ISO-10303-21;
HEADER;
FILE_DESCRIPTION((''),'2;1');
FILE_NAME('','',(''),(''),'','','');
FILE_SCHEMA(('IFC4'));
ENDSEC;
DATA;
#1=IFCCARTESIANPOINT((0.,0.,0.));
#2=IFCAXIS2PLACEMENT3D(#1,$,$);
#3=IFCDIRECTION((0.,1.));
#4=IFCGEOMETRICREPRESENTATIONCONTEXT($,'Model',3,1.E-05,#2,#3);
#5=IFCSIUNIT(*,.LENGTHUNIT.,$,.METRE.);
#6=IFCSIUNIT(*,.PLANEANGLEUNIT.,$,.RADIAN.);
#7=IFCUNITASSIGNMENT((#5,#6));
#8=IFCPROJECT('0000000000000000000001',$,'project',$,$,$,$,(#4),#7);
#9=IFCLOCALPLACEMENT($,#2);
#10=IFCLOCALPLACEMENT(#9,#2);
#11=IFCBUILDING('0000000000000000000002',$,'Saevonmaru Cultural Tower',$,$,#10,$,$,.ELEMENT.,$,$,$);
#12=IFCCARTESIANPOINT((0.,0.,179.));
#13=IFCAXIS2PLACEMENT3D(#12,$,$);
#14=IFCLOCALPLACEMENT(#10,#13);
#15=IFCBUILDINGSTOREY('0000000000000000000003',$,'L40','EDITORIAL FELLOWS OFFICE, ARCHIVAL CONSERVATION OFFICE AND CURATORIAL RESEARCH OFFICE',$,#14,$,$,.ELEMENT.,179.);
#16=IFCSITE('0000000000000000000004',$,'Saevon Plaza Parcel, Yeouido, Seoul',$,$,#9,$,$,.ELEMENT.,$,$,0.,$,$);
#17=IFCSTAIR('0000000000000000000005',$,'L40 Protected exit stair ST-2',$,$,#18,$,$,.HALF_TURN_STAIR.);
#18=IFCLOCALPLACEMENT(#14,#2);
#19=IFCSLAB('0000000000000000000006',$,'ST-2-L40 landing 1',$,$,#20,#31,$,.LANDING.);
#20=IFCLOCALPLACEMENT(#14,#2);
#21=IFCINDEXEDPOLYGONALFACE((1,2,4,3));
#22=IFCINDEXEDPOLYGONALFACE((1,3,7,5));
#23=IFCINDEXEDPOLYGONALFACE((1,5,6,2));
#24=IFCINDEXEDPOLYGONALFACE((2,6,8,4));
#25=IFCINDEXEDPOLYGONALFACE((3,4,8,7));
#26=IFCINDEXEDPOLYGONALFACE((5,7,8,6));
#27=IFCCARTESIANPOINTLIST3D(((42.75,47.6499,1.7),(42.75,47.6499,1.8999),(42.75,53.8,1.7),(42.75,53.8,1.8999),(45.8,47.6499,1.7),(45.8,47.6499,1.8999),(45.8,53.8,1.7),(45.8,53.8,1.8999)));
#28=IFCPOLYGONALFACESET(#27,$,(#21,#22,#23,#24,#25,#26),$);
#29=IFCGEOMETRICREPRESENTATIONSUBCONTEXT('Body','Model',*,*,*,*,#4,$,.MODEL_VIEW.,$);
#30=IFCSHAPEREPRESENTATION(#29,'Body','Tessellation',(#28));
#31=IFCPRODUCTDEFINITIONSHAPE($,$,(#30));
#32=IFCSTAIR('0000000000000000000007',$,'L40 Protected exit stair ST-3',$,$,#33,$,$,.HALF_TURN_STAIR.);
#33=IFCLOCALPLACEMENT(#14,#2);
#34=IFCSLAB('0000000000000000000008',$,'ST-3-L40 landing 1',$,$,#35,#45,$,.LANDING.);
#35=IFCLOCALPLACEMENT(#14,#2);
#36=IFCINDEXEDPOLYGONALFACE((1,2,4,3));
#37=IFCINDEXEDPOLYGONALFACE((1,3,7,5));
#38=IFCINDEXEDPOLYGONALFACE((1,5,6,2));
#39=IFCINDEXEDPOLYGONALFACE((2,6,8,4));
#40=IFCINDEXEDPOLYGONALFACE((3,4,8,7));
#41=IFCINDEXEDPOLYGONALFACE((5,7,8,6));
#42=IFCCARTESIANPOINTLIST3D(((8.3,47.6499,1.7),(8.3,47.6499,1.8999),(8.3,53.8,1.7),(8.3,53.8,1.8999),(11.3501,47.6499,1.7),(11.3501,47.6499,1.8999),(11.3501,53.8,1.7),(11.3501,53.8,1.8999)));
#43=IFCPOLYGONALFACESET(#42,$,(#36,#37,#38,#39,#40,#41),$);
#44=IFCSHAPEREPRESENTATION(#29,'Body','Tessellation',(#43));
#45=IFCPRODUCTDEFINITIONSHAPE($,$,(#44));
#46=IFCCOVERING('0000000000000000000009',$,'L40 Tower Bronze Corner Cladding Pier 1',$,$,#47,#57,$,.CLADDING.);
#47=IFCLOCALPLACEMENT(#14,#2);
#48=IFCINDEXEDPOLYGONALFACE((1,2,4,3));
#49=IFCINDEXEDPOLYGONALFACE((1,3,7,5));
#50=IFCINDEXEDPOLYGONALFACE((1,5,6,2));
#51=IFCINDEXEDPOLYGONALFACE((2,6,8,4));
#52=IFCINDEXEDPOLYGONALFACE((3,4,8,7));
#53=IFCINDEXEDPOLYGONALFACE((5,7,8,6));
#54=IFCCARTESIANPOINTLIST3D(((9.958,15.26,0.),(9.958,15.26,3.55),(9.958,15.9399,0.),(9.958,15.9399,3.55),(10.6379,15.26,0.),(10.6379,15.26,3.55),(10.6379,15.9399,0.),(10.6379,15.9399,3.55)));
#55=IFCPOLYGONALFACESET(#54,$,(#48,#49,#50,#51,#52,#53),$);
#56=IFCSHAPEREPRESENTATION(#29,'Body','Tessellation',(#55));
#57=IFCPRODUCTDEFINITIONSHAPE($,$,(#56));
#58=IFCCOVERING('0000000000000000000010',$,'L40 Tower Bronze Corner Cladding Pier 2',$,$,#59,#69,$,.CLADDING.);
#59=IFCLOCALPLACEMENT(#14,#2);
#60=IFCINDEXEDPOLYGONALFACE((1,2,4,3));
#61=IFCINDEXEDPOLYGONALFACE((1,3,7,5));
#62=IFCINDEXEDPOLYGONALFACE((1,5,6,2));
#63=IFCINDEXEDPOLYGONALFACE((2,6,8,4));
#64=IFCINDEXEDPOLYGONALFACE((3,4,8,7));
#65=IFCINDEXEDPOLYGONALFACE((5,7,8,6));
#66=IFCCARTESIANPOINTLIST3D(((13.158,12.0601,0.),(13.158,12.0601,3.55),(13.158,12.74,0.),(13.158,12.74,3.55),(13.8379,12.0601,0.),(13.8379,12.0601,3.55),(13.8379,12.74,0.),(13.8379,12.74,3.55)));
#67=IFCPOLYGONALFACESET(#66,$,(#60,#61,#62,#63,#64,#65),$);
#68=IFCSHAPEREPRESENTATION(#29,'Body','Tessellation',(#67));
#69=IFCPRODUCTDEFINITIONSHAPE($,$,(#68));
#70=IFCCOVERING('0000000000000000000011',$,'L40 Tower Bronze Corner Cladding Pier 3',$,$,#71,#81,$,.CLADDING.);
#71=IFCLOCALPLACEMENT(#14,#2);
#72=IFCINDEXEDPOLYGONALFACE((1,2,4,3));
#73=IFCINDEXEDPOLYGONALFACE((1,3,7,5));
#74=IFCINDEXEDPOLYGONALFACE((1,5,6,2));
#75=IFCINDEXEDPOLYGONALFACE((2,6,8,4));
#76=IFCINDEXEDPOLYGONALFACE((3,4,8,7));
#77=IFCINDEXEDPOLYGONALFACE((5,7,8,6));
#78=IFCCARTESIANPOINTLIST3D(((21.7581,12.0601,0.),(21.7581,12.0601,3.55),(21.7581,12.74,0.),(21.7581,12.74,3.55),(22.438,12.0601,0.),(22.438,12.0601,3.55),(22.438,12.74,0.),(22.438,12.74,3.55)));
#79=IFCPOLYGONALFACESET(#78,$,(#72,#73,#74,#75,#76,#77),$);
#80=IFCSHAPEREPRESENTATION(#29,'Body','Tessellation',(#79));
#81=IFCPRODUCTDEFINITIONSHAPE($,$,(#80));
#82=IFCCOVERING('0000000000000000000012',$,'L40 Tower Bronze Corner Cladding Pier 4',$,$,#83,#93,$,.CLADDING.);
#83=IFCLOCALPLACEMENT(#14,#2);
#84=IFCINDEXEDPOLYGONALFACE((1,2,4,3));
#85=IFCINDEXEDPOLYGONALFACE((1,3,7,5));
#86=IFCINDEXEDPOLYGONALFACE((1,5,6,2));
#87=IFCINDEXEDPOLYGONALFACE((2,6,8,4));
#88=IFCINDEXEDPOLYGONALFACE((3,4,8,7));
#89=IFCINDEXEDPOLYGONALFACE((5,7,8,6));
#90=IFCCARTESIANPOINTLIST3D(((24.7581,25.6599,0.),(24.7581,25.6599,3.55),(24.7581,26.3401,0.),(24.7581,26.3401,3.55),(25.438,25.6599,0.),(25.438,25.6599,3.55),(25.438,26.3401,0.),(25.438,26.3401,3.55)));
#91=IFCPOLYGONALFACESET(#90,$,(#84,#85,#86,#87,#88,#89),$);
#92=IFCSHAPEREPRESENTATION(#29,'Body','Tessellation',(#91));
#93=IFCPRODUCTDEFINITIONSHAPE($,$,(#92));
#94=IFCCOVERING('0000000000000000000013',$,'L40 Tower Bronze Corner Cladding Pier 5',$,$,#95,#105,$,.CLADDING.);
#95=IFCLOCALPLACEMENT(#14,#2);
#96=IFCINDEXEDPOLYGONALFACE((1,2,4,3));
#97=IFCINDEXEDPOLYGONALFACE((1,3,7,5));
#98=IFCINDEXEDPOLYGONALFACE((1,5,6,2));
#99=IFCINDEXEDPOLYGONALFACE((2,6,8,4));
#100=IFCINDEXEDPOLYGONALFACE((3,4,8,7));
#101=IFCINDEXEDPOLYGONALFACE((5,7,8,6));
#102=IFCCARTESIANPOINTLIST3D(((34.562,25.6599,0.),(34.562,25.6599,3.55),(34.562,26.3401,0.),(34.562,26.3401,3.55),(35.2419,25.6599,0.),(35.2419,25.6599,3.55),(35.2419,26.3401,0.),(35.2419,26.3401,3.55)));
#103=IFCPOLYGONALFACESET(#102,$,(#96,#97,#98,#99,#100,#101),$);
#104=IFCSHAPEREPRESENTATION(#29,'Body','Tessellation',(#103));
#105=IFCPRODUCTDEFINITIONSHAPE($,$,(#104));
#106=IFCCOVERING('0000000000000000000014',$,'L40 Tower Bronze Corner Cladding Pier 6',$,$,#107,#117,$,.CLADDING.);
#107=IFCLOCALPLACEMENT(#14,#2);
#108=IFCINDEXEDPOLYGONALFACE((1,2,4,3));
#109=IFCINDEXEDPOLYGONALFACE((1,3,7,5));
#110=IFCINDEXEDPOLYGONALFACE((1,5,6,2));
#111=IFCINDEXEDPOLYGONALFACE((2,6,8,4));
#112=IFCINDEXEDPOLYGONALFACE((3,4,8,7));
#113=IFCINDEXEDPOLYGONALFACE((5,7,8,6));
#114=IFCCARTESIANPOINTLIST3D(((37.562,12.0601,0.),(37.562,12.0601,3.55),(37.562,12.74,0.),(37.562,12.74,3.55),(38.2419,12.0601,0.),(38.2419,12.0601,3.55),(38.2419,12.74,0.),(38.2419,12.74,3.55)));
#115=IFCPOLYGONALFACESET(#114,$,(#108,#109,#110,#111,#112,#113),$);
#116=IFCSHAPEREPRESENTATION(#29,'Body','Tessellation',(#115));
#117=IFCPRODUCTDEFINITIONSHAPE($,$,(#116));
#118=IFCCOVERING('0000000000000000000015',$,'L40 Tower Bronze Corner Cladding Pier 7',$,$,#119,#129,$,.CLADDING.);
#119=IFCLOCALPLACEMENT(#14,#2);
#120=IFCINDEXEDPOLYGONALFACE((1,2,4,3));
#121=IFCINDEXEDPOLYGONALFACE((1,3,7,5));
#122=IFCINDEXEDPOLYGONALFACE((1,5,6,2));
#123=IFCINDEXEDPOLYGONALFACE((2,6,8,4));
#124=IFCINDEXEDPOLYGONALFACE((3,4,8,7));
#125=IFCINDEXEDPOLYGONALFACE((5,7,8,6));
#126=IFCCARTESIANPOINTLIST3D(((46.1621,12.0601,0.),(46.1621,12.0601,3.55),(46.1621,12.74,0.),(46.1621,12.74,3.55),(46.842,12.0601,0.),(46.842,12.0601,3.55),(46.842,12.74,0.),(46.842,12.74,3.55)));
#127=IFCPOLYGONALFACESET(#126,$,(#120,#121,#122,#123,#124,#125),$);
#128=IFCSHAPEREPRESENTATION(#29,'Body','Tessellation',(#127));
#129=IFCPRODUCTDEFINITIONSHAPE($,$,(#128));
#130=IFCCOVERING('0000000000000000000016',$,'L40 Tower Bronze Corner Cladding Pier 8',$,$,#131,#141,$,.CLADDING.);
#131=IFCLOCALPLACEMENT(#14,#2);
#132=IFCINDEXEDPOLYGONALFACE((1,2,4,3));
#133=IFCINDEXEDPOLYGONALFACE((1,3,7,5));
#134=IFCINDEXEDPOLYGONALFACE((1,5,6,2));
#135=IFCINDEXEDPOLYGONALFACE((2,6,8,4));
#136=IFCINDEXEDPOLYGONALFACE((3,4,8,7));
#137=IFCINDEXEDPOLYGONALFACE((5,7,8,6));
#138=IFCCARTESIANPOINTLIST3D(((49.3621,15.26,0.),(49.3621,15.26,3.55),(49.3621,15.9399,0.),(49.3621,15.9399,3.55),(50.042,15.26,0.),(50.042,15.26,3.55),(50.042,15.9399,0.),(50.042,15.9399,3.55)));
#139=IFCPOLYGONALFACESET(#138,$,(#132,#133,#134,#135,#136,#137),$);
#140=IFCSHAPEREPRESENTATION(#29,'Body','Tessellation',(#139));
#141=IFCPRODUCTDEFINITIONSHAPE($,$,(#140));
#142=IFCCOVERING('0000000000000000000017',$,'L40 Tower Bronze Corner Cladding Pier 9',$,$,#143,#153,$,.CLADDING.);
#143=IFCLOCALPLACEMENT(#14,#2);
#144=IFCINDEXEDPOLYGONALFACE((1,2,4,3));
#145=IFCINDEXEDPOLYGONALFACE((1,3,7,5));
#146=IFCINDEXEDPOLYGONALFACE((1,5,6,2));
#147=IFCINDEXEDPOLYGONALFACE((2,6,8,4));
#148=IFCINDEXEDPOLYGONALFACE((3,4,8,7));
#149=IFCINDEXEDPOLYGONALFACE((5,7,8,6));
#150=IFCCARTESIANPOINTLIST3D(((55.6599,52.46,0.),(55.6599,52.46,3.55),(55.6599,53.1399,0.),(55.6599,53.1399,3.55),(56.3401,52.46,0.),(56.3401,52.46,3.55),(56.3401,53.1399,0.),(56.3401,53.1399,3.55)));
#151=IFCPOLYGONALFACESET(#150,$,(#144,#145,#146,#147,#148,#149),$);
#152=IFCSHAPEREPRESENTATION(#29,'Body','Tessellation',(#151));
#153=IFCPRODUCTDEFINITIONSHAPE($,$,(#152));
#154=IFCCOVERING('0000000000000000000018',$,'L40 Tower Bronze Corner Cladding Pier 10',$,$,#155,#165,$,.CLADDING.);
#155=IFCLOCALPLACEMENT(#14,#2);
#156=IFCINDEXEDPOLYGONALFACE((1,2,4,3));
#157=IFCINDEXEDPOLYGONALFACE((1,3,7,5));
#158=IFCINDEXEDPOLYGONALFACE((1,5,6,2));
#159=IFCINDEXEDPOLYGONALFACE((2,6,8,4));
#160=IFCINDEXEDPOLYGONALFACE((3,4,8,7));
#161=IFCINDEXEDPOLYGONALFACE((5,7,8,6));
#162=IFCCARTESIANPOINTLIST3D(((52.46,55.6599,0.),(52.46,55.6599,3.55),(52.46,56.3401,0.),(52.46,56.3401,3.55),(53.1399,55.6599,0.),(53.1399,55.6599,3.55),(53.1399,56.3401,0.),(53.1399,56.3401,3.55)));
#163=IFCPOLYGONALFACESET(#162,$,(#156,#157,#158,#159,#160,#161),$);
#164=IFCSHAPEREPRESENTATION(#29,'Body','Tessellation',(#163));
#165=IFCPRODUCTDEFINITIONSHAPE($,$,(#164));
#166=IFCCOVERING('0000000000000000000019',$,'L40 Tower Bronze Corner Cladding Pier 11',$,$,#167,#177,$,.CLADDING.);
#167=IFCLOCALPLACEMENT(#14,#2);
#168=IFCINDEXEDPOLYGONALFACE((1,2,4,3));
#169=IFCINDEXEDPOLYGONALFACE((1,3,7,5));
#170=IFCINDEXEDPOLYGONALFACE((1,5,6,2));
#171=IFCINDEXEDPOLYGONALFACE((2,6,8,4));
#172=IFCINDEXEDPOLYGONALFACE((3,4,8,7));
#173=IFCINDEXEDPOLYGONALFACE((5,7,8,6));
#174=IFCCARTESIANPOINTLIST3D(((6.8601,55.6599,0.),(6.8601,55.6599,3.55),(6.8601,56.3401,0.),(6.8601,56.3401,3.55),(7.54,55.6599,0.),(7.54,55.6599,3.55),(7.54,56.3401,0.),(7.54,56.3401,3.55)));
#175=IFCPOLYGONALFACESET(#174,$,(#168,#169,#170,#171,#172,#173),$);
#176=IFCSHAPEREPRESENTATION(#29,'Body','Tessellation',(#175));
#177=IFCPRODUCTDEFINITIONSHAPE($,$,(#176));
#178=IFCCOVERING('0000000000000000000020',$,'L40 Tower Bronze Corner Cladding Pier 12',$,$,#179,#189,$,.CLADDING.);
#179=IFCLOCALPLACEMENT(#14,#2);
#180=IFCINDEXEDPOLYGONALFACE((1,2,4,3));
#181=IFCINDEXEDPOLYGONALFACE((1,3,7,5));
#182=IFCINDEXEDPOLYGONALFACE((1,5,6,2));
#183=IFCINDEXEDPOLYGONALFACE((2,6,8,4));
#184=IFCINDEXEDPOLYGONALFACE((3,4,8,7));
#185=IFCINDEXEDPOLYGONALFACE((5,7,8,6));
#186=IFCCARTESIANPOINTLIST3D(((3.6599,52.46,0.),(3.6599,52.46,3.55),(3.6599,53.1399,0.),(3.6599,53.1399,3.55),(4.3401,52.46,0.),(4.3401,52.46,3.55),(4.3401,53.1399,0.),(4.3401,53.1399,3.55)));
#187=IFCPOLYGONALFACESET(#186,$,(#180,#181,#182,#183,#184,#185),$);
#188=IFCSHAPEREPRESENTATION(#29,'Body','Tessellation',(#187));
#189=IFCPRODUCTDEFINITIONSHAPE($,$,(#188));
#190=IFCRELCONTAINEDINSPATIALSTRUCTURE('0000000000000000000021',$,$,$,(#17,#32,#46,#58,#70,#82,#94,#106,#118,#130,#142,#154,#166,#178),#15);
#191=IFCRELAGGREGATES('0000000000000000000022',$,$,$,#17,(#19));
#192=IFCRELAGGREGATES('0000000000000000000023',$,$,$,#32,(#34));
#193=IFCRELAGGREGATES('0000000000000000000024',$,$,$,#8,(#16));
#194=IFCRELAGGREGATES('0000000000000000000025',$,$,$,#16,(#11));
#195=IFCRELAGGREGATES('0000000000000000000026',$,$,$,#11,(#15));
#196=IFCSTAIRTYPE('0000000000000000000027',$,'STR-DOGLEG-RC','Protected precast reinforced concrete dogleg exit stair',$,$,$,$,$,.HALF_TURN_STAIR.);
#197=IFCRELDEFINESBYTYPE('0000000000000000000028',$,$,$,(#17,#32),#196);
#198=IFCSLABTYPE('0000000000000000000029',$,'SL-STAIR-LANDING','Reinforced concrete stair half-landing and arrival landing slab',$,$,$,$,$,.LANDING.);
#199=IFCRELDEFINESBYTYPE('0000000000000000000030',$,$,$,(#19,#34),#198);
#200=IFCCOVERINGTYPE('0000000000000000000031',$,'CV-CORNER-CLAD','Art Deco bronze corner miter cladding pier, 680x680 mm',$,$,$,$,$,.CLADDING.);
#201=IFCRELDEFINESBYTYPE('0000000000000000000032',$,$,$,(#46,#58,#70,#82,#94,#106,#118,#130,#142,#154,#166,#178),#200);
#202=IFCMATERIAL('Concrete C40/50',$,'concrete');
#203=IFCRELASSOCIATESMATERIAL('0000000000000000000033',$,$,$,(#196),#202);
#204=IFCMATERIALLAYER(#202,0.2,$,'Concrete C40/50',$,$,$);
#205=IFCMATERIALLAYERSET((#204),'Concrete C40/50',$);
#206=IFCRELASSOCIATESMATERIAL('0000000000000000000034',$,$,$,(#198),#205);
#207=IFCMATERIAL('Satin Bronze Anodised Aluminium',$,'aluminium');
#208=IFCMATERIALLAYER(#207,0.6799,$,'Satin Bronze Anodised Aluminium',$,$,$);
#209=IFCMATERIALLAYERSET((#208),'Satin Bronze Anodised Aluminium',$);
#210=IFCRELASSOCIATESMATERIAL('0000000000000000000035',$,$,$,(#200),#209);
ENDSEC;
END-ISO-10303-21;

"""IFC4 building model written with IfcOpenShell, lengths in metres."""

from ifc_helpers import new_model, si_unit, direction, frame, origin, place, context, subcontext, project, spatial, polyline, outline, extrude, material, layer, layer_set, type_object, element, aggregate, save


model = new_model("IFC4")

# Units and contexts
model_context = context("Model", 3, precision=1e-05, world=origin(), true_north=direction((0.0, 1.0)))
body_context = subcontext(model_context, "Body", "Model", "MODEL_VIEW")
ifc_project = project(units=[si_unit("LENGTHUNIT", "METRE"), si_unit("PLANEANGLEUNIT", "RADIAN")], contexts=[model_context])

# Site, building, storey
site_placement = place(None, origin())
site = spatial("IfcSite", under=ifc_project, at=site_placement, Name="Saevon Plaza Parcel, Yeouido, Seoul", CompositionType="ELEMENT", RefElevation=0.0)
building_placement = place(site_placement, origin())
building = spatial("IfcBuilding", under=site, at=building_placement, Name="Saevonmaru Cultural Tower", CompositionType="ELEMENT")
storey_placement = place(building_placement, frame((0.0, 0.0, 179.0)))
storey = spatial("IfcBuildingStorey", under=building, at=storey_placement, Name="L40", Description="EDITORIAL FELLOWS OFFICE, ARCHIVAL CONSERVATION OFFICE AND CURATORIAL RESEARCH OFFICE", CompositionType="ELEMENT", Elevation=179.0)

# Shared definitions
ifc_material_1 = material(Name="Satin Bronze Anodised Aluminium", Category="aluminium")

# Shared definitions
ifc_material_2 = material(Name="Concrete C40/50", Category="concrete")

# Stairs, slabs
stair_type = type_object("IfcStairType", Name="STR-DOGLEG-RC", Description="Protected precast reinforced concrete dogleg exit stair", PredefinedType="HALF_TURN_STAIR", material=ifc_material_2)
ifc_layer_1 = layer(ifc_material_2, 0.2, Name="Concrete C40/50")
ifc_layer_set_1 = layer_set([ifc_layer_1], Name="Concrete C40/50")
slab_type_1 = type_object("IfcSlabType", Name="SL-STAIR-LANDING", Description="Reinforced concrete stair half-landing and arrival landing slab", PredefinedType="LANDING", material=ifc_layer_set_1)
stair_1_placement = place(storey_placement, origin())
stair_1 = element("IfcStair", 1, at=stair_1_placement, inside=storey, type_object=stair_type, Name="L40 Protected exit stair ST-2", PredefinedType="HALF_TURN_STAIR")
slab_1_placement = place(storey_placement, frame((0.0, 0.0, 1.7)))
slab_1 = element("IfcSlab", 2, at=slab_1_placement, type_object=slab_type_1, Name="ST-2-L40 landing 1", PredefinedType="LANDING", context=body_context, shape_type="SweptSolid", body=[
    extrude(outline(polyline([(45.8, 47.6499), (45.8, 53.8), (42.75, 53.8), (42.75, 47.6499), (45.8, 47.6499)])), origin(), (0.0, 0.0, 1.0), 0.2),
])
aggregate(stair_1, [slab_1])
stair_2_placement = place(storey_placement, origin())
stair_2 = element("IfcStair", 3, at=stair_2_placement, inside=storey, type_object=stair_type, Name="L40 Protected exit stair ST-3", PredefinedType="HALF_TURN_STAIR")
slab_2_placement = place(storey_placement, frame((0.0, 0.0, 1.7)))
slab_2 = element("IfcSlab", 4, at=slab_2_placement, type_object=slab_type_1, Name="ST-3-L40 landing 1", PredefinedType="LANDING", context=body_context, shape_type="SweptSolid", body=[
    extrude(outline(polyline([(11.3501, 47.6499), (11.3501, 53.8), (8.3, 53.8), (8.3, 47.6499), (11.3501, 47.6499)])), origin(), (0.0, 0.0, 1.0), 0.2),
])
aggregate(stair_2, [slab_2])

# Coverings
ifc_layer_2 = layer(ifc_material_1, 0.6799, Name="Satin Bronze Anodised Aluminium")
ifc_layer_set_2 = layer_set([ifc_layer_2], Name="Satin Bronze Anodised Aluminium")
covering_type = type_object("IfcCoveringType", Name="CV-CORNER-CLAD", Description="Art Deco bronze corner miter cladding pier, 680x680 mm", PredefinedType="CLADDING", material=ifc_layer_set_2)
covering_1_placement = place(storey_placement, origin())
element("IfcCovering", 5, at=covering_1_placement, inside=storey, type_object=covering_type, Name="L40 Tower Bronze Corner Cladding Pier 1", PredefinedType="CLADDING", context=body_context, shape_type="SweptSolid", body=[
    extrude(outline(polyline([(9.958, 15.26), (10.6379, 15.26), (10.6379, 15.9399), (9.958, 15.9399), (9.958, 15.26)])), origin(), (0.0, 0.0, 1.0), 3.55),
])
covering_2_placement = place(storey_placement, origin())
element("IfcCovering", 6, at=covering_2_placement, inside=storey, type_object=covering_type, Name="L40 Tower Bronze Corner Cladding Pier 2", PredefinedType="CLADDING", context=body_context, shape_type="SweptSolid", body=[
    extrude(outline(polyline([(13.158, 12.0601), (13.8379, 12.0601), (13.8379, 12.74), (13.158, 12.74), (13.158, 12.0601)])), origin(), (0.0, 0.0, 1.0), 3.55),
])
covering_3_placement = place(storey_placement, origin())
element("IfcCovering", 7, at=covering_3_placement, inside=storey, type_object=covering_type, Name="L40 Tower Bronze Corner Cladding Pier 3", PredefinedType="CLADDING", context=body_context, shape_type="SweptSolid", body=[
    extrude(outline(polyline([(21.7581, 12.0601), (22.438, 12.0601), (22.438, 12.74), (21.7581, 12.74), (21.7581, 12.0601)])), origin(), (0.0, 0.0, 1.0), 3.55),
])
covering_4_placement = place(storey_placement, origin())
element("IfcCovering", 8, at=covering_4_placement, inside=storey, type_object=covering_type, Name="L40 Tower Bronze Corner Cladding Pier 4", PredefinedType="CLADDING", context=body_context, shape_type="SweptSolid", body=[
    extrude(outline(polyline([(24.7581, 25.6599), (25.438, 25.6599), (25.438, 26.3401), (24.7581, 26.3401), (24.7581, 25.6599)])), origin(), (0.0, 0.0, 1.0), 3.55),
])
covering_5_placement = place(storey_placement, origin())
element("IfcCovering", 9, at=covering_5_placement, inside=storey, type_object=covering_type, Name="L40 Tower Bronze Corner Cladding Pier 5", PredefinedType="CLADDING", context=body_context, shape_type="SweptSolid", body=[
    extrude(outline(polyline([(34.562, 25.6599), (35.2419, 25.6599), (35.2419, 26.3401), (34.562, 26.3401), (34.562, 25.6599)])), origin(), (0.0, 0.0, 1.0), 3.55),
])
covering_6_placement = place(storey_placement, origin())
element("IfcCovering", 10, at=covering_6_placement, inside=storey, type_object=covering_type, Name="L40 Tower Bronze Corner Cladding Pier 6", PredefinedType="CLADDING", context=body_context, shape_type="SweptSolid", body=[
    extrude(outline(polyline([(37.562, 12.0601), (38.2419, 12.0601), (38.2419, 12.74), (37.562, 12.74), (37.562, 12.0601)])), origin(), (0.0, 0.0, 1.0), 3.55),
])
covering_7_placement = place(storey_placement, origin())
element("IfcCovering", 11, at=covering_7_placement, inside=storey, type_object=covering_type, Name="L40 Tower Bronze Corner Cladding Pier 7", PredefinedType="CLADDING", context=body_context, shape_type="SweptSolid", body=[
    extrude(outline(polyline([(46.1621, 12.0601), (46.842, 12.0601), (46.842, 12.74), (46.1621, 12.74), (46.1621, 12.0601)])), origin(), (0.0, 0.0, 1.0), 3.55),
])
covering_8_placement = place(storey_placement, origin())
element("IfcCovering", 12, at=covering_8_placement, inside=storey, type_object=covering_type, Name="L40 Tower Bronze Corner Cladding Pier 8", PredefinedType="CLADDING", context=body_context, shape_type="SweptSolid", body=[
    extrude(outline(polyline([(49.3621, 15.26), (50.042, 15.26), (50.042, 15.9399), (49.3621, 15.9399), (49.3621, 15.26)])), origin(), (0.0, 0.0, 1.0), 3.55),
])
covering_9_placement = place(storey_placement, origin())
element("IfcCovering", 13, at=covering_9_placement, inside=storey, type_object=covering_type, Name="L40 Tower Bronze Corner Cladding Pier 9", PredefinedType="CLADDING", context=body_context, shape_type="SweptSolid", body=[
    extrude(outline(polyline([(55.6599, 52.46), (56.3401, 52.46), (56.3401, 53.1399), (55.6599, 53.1399), (55.6599, 52.46)])), origin(), (0.0, 0.0, 1.0), 3.55),
])
covering_10_placement = place(storey_placement, origin())
element("IfcCovering", 14, at=covering_10_placement, inside=storey, type_object=covering_type, Name="L40 Tower Bronze Corner Cladding Pier 10", PredefinedType="CLADDING", context=body_context, shape_type="SweptSolid", body=[
    extrude(outline(polyline([(52.46, 55.6599), (53.1399, 55.6599), (53.1399, 56.3401), (52.46, 56.3401), (52.46, 55.6599)])), origin(), (0.0, 0.0, 1.0), 3.55),
])
covering_11_placement = place(storey_placement, origin())
element("IfcCovering", 15, at=covering_11_placement, inside=storey, type_object=covering_type, Name="L40 Tower Bronze Corner Cladding Pier 11", PredefinedType="CLADDING", context=body_context, shape_type="SweptSolid", body=[
    extrude(outline(polyline([(6.8601, 55.6599), (7.54, 55.6599), (7.54, 56.3401), (6.8601, 56.3401), (6.8601, 55.6599)])), origin(), (0.0, 0.0, 1.0), 3.55),
])
covering_12_placement = place(storey_placement, origin())
element("IfcCovering", 16, at=covering_12_placement, inside=storey, type_object=covering_type, Name="L40 Tower Bronze Corner Cladding Pier 12", PredefinedType="CLADDING", context=body_context, shape_type="SweptSolid", body=[
    extrude(outline(polyline([(3.6599, 52.46), (4.3401, 52.46), (4.3401, 53.1399), (3.6599, 53.1399), (3.6599, 52.46)])), origin(), (0.0, 0.0, 1.0), 3.55),
])

save(model, "model.ifc")
